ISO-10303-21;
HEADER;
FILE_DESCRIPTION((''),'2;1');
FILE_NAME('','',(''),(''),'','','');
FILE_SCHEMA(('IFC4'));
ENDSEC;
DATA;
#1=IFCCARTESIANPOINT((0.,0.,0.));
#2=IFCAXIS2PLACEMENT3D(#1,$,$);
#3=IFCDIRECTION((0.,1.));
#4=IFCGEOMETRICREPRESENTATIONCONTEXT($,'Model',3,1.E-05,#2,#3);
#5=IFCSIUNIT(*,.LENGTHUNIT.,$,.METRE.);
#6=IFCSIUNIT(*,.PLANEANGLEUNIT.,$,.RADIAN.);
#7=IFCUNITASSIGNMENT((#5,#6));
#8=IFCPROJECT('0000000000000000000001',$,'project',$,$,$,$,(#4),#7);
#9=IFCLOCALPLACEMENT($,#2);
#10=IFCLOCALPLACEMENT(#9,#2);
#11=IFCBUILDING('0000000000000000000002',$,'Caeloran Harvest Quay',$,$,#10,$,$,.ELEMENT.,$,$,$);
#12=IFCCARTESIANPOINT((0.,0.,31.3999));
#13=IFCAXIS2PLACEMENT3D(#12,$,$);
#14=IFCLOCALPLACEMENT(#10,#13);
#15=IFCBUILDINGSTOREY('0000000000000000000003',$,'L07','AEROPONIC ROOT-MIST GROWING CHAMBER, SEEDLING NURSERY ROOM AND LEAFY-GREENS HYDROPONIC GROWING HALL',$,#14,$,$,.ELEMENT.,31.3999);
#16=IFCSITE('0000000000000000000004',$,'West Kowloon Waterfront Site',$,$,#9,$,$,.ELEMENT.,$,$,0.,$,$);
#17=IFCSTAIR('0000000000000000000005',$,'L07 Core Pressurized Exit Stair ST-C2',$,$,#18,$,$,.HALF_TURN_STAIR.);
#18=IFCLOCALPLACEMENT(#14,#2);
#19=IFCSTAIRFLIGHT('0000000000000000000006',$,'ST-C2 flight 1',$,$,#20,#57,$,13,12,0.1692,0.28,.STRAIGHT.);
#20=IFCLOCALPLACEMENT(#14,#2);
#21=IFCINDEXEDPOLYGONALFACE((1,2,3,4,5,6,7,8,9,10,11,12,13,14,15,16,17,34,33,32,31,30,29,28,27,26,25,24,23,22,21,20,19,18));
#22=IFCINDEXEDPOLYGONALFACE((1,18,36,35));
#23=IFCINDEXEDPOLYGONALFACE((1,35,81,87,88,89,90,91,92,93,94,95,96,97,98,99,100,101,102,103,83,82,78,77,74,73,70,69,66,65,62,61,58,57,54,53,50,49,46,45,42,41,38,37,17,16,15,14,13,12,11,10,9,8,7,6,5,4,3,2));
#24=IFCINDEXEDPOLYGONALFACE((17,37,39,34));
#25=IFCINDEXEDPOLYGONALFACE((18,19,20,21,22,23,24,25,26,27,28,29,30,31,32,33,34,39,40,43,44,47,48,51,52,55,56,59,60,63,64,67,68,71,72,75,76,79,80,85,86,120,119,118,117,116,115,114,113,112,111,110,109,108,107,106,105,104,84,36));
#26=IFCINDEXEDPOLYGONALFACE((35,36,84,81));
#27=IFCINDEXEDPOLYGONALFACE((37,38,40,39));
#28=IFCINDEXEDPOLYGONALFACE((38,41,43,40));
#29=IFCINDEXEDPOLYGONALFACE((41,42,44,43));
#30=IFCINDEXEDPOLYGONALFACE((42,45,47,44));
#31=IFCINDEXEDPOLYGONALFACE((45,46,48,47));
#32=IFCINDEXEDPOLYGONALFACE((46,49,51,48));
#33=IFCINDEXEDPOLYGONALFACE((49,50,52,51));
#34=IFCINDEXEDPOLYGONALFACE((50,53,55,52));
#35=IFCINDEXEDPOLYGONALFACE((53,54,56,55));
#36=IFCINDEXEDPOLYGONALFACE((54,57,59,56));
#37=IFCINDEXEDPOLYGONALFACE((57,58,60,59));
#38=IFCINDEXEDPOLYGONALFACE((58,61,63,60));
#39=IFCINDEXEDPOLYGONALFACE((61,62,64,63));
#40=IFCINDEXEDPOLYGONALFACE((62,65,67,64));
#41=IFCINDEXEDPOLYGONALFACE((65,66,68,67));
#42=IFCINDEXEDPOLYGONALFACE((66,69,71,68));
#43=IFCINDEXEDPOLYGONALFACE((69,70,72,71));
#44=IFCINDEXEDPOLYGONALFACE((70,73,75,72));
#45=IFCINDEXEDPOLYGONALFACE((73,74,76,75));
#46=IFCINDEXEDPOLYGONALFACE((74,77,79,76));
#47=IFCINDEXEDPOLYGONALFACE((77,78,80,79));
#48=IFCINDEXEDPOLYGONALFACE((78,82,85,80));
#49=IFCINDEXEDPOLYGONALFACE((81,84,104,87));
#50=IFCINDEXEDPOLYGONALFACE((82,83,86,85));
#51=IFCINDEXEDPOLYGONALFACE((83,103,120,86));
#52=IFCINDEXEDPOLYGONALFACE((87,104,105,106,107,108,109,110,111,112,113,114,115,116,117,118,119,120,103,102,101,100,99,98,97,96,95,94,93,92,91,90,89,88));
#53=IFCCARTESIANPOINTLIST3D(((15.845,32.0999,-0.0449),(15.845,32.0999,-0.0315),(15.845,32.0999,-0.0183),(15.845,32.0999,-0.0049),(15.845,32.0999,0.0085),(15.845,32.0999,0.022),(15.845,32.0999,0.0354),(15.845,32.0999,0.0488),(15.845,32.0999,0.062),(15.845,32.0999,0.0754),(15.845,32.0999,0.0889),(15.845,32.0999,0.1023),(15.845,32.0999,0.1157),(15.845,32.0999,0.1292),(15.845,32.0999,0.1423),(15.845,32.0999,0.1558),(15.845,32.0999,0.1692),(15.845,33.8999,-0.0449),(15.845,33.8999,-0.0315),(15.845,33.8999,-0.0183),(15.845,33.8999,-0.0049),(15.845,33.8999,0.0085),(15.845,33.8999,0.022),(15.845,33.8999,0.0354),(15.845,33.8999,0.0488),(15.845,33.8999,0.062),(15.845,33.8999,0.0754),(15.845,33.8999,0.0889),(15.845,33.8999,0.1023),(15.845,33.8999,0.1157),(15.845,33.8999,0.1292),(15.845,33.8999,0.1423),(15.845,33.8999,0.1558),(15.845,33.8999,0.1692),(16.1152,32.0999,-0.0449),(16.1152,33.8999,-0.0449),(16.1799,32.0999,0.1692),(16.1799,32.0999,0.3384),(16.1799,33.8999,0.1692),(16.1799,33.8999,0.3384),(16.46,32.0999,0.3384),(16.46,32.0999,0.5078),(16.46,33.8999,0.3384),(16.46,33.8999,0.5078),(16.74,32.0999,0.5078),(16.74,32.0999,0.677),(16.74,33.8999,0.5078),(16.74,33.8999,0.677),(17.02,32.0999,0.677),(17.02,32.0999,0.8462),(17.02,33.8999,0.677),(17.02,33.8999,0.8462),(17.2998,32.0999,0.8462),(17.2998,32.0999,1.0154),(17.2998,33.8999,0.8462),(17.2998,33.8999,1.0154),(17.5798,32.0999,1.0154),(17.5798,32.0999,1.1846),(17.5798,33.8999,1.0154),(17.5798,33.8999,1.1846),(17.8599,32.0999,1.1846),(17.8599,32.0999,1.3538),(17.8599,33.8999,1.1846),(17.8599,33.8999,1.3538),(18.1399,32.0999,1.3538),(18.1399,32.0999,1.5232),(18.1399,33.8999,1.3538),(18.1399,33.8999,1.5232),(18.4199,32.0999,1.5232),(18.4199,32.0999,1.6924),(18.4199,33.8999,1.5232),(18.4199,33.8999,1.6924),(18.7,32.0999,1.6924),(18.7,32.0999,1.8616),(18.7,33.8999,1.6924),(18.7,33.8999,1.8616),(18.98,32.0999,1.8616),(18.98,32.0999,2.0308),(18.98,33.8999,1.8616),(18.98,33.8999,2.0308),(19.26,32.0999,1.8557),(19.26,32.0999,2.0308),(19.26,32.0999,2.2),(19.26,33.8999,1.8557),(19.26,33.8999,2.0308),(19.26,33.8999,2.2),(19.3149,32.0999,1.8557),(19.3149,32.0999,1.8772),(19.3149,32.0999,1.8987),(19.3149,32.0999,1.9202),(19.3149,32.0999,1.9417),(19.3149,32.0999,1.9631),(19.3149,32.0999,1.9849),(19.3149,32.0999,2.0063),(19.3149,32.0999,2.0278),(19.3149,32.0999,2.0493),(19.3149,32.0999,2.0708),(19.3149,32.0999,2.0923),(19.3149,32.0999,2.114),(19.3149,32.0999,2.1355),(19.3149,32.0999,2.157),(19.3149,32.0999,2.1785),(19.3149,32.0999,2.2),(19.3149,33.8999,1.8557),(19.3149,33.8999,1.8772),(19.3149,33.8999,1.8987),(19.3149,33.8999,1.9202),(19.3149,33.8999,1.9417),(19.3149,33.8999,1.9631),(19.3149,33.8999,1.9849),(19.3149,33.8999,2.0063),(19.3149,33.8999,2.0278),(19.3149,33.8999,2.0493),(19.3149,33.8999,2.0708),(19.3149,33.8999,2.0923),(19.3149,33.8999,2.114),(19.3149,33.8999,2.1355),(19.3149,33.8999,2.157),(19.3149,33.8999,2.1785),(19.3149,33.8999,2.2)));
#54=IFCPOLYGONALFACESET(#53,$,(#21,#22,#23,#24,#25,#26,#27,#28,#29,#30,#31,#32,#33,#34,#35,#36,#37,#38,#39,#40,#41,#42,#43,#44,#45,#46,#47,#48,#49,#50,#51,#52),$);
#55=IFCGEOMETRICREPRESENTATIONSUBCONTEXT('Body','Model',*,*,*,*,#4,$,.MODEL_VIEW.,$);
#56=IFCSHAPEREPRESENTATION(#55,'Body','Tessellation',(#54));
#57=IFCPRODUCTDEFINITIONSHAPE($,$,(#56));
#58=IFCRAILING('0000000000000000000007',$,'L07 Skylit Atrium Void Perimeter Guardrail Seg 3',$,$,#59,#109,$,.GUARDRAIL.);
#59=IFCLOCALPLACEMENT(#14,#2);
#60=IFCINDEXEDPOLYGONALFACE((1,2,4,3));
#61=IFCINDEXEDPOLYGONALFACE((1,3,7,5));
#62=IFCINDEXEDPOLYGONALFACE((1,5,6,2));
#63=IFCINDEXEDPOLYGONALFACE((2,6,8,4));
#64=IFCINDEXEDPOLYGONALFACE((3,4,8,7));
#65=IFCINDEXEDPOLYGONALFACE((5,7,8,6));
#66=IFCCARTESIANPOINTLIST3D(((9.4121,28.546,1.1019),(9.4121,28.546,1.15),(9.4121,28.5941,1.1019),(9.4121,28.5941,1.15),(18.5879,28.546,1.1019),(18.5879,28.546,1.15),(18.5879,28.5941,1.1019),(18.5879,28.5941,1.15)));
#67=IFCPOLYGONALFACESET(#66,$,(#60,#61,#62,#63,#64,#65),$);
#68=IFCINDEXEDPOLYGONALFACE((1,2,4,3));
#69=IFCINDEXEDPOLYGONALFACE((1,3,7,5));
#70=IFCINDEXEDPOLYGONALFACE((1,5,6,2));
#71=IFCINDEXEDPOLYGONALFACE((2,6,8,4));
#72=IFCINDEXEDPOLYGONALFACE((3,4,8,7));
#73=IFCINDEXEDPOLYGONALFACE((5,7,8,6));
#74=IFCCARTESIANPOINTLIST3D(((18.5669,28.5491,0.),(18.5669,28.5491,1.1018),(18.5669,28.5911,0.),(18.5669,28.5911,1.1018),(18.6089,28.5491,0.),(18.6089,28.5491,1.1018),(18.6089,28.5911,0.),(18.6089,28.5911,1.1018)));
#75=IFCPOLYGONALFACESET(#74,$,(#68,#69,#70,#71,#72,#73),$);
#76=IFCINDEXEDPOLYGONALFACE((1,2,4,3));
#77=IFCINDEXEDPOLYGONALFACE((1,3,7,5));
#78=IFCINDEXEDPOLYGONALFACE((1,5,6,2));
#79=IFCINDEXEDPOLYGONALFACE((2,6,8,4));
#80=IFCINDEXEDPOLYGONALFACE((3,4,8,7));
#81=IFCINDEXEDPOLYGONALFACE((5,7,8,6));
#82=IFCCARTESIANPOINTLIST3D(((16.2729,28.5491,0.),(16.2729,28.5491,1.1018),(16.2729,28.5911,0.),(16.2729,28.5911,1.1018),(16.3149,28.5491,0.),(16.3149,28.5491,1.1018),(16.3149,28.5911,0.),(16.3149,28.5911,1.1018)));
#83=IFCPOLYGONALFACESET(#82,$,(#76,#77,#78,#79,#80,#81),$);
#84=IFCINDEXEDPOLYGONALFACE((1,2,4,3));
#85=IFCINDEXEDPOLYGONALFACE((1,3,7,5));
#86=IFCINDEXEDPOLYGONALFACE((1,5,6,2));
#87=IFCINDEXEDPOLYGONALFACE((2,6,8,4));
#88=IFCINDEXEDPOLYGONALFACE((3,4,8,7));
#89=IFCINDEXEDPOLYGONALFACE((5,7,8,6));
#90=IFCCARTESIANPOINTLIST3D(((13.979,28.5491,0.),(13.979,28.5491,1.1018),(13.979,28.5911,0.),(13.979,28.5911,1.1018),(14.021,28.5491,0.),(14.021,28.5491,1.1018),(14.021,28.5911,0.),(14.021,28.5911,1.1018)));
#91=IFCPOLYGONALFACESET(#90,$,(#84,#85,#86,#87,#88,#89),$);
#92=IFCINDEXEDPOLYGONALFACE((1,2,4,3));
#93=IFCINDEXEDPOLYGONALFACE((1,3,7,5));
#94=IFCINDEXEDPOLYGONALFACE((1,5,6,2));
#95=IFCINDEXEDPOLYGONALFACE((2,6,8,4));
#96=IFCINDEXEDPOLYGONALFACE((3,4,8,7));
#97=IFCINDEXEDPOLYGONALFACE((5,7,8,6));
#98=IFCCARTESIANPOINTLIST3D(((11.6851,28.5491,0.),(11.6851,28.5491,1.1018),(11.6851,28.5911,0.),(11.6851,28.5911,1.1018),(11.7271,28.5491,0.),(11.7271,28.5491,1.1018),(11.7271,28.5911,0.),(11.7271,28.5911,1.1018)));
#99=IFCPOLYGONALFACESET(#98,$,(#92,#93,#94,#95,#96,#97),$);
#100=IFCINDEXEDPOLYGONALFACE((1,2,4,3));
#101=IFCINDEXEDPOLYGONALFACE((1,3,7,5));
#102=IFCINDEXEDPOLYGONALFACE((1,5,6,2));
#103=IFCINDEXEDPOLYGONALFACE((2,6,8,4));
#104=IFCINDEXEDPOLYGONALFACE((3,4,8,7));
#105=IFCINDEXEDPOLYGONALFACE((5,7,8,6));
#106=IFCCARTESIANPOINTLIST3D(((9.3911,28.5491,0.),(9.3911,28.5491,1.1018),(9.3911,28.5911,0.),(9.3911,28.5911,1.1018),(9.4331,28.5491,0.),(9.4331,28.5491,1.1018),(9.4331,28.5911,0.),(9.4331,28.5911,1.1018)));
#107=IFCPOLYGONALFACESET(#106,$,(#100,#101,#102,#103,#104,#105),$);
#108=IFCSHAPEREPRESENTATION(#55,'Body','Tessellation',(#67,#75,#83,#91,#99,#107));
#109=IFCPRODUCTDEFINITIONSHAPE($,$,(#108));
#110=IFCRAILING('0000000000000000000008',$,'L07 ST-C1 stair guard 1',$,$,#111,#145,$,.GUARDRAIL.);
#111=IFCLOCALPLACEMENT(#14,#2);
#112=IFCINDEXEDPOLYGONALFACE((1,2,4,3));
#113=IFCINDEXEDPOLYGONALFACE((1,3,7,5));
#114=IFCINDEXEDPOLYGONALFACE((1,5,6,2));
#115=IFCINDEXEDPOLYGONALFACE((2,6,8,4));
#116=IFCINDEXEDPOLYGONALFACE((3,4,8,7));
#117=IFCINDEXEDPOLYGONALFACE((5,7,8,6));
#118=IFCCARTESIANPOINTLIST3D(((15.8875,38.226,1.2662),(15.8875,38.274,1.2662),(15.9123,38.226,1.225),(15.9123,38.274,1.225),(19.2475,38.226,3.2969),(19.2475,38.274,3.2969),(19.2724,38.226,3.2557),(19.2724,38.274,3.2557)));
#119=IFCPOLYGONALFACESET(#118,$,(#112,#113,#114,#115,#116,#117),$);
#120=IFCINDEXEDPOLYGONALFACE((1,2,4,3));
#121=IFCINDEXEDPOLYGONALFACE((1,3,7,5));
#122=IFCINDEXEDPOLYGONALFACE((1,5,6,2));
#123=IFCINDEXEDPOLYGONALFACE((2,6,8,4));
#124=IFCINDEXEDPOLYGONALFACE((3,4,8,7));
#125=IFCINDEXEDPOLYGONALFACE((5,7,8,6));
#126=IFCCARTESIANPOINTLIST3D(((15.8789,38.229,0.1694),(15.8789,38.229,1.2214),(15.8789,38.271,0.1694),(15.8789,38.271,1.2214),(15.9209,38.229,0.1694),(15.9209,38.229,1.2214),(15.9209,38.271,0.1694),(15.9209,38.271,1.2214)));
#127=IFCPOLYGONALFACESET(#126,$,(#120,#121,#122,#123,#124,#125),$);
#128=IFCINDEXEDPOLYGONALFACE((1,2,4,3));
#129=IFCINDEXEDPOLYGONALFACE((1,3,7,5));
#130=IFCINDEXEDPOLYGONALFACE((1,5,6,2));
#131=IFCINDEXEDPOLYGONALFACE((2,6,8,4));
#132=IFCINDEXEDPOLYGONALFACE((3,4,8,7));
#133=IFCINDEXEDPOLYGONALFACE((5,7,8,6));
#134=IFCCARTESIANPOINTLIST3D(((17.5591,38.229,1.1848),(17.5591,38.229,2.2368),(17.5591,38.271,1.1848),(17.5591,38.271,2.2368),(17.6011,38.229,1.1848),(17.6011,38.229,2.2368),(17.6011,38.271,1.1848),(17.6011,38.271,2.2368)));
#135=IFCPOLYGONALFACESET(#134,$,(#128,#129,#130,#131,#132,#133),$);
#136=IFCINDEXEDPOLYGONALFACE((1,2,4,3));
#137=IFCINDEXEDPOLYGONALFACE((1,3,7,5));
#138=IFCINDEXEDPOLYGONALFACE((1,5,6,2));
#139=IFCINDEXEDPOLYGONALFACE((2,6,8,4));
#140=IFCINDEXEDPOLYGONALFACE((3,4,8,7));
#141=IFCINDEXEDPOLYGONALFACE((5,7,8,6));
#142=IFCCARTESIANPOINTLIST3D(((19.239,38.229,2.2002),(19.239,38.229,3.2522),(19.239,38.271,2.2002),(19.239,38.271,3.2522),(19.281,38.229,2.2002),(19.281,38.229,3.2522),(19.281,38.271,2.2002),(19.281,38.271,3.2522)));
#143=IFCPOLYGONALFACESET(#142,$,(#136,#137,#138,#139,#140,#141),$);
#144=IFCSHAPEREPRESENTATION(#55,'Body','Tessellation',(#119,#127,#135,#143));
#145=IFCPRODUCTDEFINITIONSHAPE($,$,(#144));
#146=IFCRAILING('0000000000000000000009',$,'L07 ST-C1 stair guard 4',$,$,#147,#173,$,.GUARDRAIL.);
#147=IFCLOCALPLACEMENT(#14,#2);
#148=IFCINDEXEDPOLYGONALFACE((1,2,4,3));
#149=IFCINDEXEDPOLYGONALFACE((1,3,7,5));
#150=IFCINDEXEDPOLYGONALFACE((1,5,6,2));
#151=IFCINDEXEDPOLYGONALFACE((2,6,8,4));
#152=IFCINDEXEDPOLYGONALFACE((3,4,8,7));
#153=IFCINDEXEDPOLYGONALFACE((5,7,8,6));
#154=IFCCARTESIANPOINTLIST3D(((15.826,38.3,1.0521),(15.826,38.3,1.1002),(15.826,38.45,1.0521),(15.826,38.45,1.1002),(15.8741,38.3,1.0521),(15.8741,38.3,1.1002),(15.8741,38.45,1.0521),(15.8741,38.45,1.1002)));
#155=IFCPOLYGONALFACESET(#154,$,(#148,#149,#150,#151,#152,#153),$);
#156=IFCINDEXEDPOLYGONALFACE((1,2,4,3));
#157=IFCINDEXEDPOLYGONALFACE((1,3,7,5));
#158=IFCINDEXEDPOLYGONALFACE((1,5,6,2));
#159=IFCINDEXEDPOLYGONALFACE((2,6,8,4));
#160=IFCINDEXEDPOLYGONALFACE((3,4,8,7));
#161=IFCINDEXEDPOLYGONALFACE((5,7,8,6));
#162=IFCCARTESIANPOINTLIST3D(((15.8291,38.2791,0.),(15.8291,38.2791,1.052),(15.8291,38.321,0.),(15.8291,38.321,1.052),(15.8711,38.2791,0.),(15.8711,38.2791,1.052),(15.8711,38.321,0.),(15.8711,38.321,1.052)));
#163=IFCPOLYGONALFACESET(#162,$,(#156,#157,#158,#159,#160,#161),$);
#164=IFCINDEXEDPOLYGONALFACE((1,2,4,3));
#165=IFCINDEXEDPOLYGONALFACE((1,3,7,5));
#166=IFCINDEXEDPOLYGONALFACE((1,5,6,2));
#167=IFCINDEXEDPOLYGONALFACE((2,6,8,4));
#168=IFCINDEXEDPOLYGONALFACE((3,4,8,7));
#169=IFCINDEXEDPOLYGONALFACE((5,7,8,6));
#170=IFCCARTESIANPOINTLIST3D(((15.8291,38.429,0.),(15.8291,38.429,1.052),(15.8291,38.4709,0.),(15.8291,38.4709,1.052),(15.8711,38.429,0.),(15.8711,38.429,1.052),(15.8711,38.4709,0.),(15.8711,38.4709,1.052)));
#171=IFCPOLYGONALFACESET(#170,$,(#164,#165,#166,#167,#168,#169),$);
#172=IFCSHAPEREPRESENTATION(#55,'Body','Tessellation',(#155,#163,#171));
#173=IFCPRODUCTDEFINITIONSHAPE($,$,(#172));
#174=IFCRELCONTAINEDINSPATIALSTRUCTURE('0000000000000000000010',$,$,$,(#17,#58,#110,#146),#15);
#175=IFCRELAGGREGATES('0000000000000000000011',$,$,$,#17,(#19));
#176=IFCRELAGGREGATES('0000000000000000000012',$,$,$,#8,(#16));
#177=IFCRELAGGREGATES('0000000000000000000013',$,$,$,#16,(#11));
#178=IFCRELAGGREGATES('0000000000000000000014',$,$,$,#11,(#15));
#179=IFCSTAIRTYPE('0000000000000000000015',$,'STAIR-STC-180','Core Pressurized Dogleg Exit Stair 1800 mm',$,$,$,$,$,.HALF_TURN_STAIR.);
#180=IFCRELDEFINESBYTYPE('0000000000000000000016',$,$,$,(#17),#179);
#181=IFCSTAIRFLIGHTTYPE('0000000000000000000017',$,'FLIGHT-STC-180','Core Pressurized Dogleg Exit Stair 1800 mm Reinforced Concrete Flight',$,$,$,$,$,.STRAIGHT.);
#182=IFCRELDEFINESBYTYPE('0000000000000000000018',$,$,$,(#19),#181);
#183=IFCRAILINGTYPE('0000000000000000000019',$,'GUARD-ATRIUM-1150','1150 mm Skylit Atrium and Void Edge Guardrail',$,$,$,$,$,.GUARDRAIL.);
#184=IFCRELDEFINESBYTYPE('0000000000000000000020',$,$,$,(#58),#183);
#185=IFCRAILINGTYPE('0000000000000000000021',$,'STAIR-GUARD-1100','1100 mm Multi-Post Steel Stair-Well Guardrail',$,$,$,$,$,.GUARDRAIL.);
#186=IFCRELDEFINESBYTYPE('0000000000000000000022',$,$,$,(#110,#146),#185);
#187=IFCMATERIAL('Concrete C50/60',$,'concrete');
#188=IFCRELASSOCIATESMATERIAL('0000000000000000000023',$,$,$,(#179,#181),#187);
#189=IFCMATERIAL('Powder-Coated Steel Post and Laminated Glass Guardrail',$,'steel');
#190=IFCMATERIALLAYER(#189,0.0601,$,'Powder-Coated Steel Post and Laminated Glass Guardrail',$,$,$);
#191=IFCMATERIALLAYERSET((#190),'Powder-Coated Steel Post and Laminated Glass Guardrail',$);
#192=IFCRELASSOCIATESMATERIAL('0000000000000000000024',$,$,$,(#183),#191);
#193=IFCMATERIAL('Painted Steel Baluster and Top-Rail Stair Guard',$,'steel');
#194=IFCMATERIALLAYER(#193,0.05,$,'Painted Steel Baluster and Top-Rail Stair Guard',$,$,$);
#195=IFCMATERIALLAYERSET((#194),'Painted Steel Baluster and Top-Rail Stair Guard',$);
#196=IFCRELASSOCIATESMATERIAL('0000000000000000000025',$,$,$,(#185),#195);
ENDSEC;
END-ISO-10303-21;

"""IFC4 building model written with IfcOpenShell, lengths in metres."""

from ifc_helpers import new_model, si_unit, direction, frame, origin, origin_2d, place, context, subcontext, project, spatial, polyline, rectangle, outline, extrude, material, layer, layer_set, type_object, element, aggregate, save


model = new_model("IFC4")

# Units and contexts
model_context = context("Model", 3, precision=1e-05, world=origin(), true_north=direction((0.0, 1.0)))
body_context = subcontext(model_context, "Body", "Model", "MODEL_VIEW")
ifc_project = project(units=[si_unit("LENGTHUNIT", "METRE"), si_unit("PLANEANGLEUNIT", "RADIAN")], contexts=[model_context])

# Site, building, storey
site_placement = place(None, origin())
site = spatial("IfcSite", under=ifc_project, at=site_placement, Name="West Kowloon Waterfront Site", CompositionType="ELEMENT", RefElevation=0.0)
building_placement = place(site_placement, origin())
building = spatial("IfcBuilding", under=site, at=building_placement, Name="Caeloran Harvest Quay", CompositionType="ELEMENT")
storey_placement = place(building_placement, frame((0.0, 0.0, 31.3999)))
storey = spatial("IfcBuildingStorey", under=building, at=storey_placement, Name="L07", Description="AEROPONIC ROOT-MIST GROWING CHAMBER, SEEDLING NURSERY ROOM AND LEAFY-GREENS HYDROPONIC GROWING HALL", CompositionType="ELEMENT", Elevation=31.3999)

# Stair, stair flight
ifc_material_1 = material(Name="Concrete C50/60", Category="concrete")
stair_type = type_object("IfcStairType", Name="STAIR-STC-180", Description="Core Pressurized Dogleg Exit Stair 1800 mm", PredefinedType="HALF_TURN_STAIR", material=ifc_material_1)
stair_flight_type = type_object("IfcStairFlightType", Name="FLIGHT-STC-180", Description="Core Pressurized Dogleg Exit Stair 1800 mm Reinforced Concrete Flight", PredefinedType="STRAIGHT", material=ifc_material_1)
stair_1_placement = place(storey_placement, origin())
stair_1 = element("IfcStair", 1, at=stair_1_placement, inside=storey, type_object=stair_type, Name="L07 Core Pressurized Exit Stair ST-C2", PredefinedType="HALF_TURN_STAIR")
stair_flight_1_placement = place(storey_placement, frame((15.8999, 33.0, 0.0), z_axis=(0.0, 0.0, 1.0), x_axis=(1.0, 0.0, 0.0)))
stair_flight_1 = element("IfcStairFlight", 2, at=stair_flight_1_placement, type_object=stair_flight_type, Name="ST-C2 flight 1", NumberOfRisers=13, NumberOfTreads=12, PredefinedType="STRAIGHT", RiserHeight=0.1692, TreadLength=0.28, context=body_context, shape_type="SweptSolid", body=[
    extrude(outline(polyline([(-0.0549, -0.0449), (-0.0549, -0.0315), (-0.0549, -0.0183), (-0.0549, -0.0049), (-0.0549, 0.0085), (-0.0549, 0.022), (-0.0549, 0.0354), (-0.0549, 0.0488), (-0.0549, 0.062), (-0.0549, 0.0754), (-0.0549, 0.0889), (-0.0549, 0.1023), (-0.0549, 0.1157), (-0.0549, 0.1292), (-0.0549, 0.1423), (-0.0549, 0.1558), (-0.0549, 0.1692), (0.28, 0.1692), (0.28, 0.3384), (0.5601, 0.3384), (0.5601, 0.5078), (0.8401, 0.5078), (0.8401, 0.677), (1.1201, 0.677), (1.1201, 0.8462), (1.3999, 0.8462), (1.3999, 1.0154), (1.6799, 1.0154), (1.6799, 1.1846), (1.96, 1.1846), (1.96, 1.3538), (2.24, 1.3538), (2.24, 1.5232), (2.52, 1.5232), (2.52, 1.6924), (2.8, 1.6924), (2.8, 1.8616), (3.0801, 1.8616), (3.0801, 2.0308), (3.3601, 2.0308), (3.3601, 2.2), (3.415, 2.2), (3.415, 2.1785), (3.415, 2.157), (3.415, 2.1355), (3.415, 2.114), (3.415, 2.0923), (3.415, 2.0708), (3.415, 2.0493), (3.415, 2.0278), (3.415, 2.0063), (3.415, 1.9849), (3.415, 1.9631), (3.415, 1.9417), (3.415, 1.9202), (3.415, 1.8987), (3.415, 1.8772), (3.415, 1.8557), (3.3601, 1.8557), (0.2153, -0.0449), (-0.0549, -0.0449)])), frame((0.0, 0.8999, 0.0), z_axis=(0.0, -1.0, 0.0), x_axis=(1.0, 0.0, 0.0)), (0.0, 0.0, 1.0), 1.8),
])
aggregate(stair_1, [stair_flight_1])

# Railings
ifc_material_2 = material(Name="Powder-Coated Steel Post and Laminated Glass Guardrail", Category="steel")
ifc_layer_1 = layer(ifc_material_2, 0.0601, Name="Powder-Coated Steel Post and Laminated Glass Guardrail")
ifc_layer_set_1 = layer_set([ifc_layer_1], Name="Powder-Coated Steel Post and Laminated Glass Guardrail")
railing_type_1 = type_object("IfcRailingType", Name="GUARD-ATRIUM-1150", Description="1150 mm Skylit Atrium and Void Edge Guardrail", PredefinedType="GUARDRAIL", material=ifc_layer_set_1)
railing_1_placement = place(storey_placement, frame((18.5879, 28.5701, 0.0)))
element("IfcRailing", 3, at=railing_1_placement, inside=storey, type_object=railing_type_1, Name="L07 Skylit Atrium Void Perimeter Guardrail Seg 3", PredefinedType="GUARDRAIL", context=body_context, shape_type="SweptSolid", body=[
    extrude(rectangle(XDim=0.0481, YDim=0.0481, at=origin_2d()), frame((0.0, 0.0, 1.126), z_axis=(-1.0, 0.0, 0.0), x_axis=(0.0, -1.0, 0.0)), (0.0, 0.0, 1.0), 9.1758),
    extrude(rectangle(XDim=0.042, YDim=0.042, at=origin_2d()), origin(), (0.0, 0.0, 1.0), 1.1018),
    extrude(rectangle(XDim=0.042, YDim=0.042, at=origin_2d()), frame((-2.2939, 0.0, 0.0)), (0.0, 0.0, 1.0), 1.1018),
    extrude(rectangle(XDim=0.042, YDim=0.042, at=origin_2d()), frame((-4.5879, 0.0, 0.0)), (0.0, 0.0, 1.0), 1.1018),
    extrude(rectangle(XDim=0.042, YDim=0.042, at=origin_2d()), frame((-6.8818, 0.0, 0.0)), (0.0, 0.0, 1.0), 1.1018),
    extrude(rectangle(XDim=0.042, YDim=0.042, at=origin_2d()), frame((-9.1758, 0.0, 0.0)), (0.0, 0.0, 1.0), 1.1018),
])
ifc_material_3 = material(Name="Painted Steel Baluster and Top-Rail Stair Guard", Category="steel")
ifc_layer_2 = layer(ifc_material_3, 0.05, Name="Painted Steel Baluster and Top-Rail Stair Guard")
ifc_layer_set_2 = layer_set([ifc_layer_2], Name="Painted Steel Baluster and Top-Rail Stair Guard")
railing_type_2 = type_object("IfcRailingType", Name="STAIR-GUARD-1100", Description="1100 mm Multi-Post Steel Stair-Well Guardrail", PredefinedType="GUARDRAIL", material=ifc_layer_set_2)
railing_2_placement = place(storey_placement, frame((15.8999, 38.25, 0.1694)))
element("IfcRailing", 4, at=railing_2_placement, inside=storey, type_object=railing_type_2, Name="L07 ST-C1 stair guard 1", PredefinedType="GUARDRAIL", context=body_context, shape_type="SweptSolid", body=[
    extrude(rectangle(XDim=0.0481, YDim=0.0481, at=origin_2d()), frame((0.0, 0.0, 1.0762), z_axis=(0.855837, 0.0, 0.517246), x_axis=(0.0, 1.0, 0.0)), (0.0, 0.0, 1.0), 3.926),
    extrude(rectangle(XDim=0.042, YDim=0.042, at=origin_2d()), origin(), (0.0, 0.0, 1.0), 1.052),
    extrude(rectangle(XDim=0.042, YDim=0.042, at=origin_2d()), frame((1.6802, 0.0, 1.0154)), (0.0, 0.0, 1.0), 1.052),
    extrude(rectangle(XDim=0.042, YDim=0.042, at=origin_2d()), frame((3.3601, 0.0, 2.0308)), (0.0, 0.0, 1.0), 1.052),
])
railing_3_placement = place(storey_placement, frame((15.8501, 38.3, 0.0)))
element("IfcRailing", 5, at=railing_3_placement, inside=storey, type_object=railing_type_2, Name="L07 ST-C1 stair guard 4", PredefinedType="GUARDRAIL", context=body_context, shape_type="SweptSolid", body=[
    extrude(rectangle(XDim=0.0481, YDim=0.0481, at=origin_2d()), frame((0.0, 0.0, 1.0762), z_axis=(0.0, 1.0, 0.0), x_axis=(-1.0, 0.0, 0.0)), (0.0, 0.0, 1.0), 0.1499),
    extrude(rectangle(XDim=0.042, YDim=0.042, at=origin_2d()), origin(), (0.0, 0.0, 1.0), 1.052),
    extrude(rectangle(XDim=0.042, YDim=0.042, at=origin_2d()), frame((0.0, 0.1499, 0.0)), (0.0, 0.0, 1.0), 1.052),
])

save(model, "model.ifc")
